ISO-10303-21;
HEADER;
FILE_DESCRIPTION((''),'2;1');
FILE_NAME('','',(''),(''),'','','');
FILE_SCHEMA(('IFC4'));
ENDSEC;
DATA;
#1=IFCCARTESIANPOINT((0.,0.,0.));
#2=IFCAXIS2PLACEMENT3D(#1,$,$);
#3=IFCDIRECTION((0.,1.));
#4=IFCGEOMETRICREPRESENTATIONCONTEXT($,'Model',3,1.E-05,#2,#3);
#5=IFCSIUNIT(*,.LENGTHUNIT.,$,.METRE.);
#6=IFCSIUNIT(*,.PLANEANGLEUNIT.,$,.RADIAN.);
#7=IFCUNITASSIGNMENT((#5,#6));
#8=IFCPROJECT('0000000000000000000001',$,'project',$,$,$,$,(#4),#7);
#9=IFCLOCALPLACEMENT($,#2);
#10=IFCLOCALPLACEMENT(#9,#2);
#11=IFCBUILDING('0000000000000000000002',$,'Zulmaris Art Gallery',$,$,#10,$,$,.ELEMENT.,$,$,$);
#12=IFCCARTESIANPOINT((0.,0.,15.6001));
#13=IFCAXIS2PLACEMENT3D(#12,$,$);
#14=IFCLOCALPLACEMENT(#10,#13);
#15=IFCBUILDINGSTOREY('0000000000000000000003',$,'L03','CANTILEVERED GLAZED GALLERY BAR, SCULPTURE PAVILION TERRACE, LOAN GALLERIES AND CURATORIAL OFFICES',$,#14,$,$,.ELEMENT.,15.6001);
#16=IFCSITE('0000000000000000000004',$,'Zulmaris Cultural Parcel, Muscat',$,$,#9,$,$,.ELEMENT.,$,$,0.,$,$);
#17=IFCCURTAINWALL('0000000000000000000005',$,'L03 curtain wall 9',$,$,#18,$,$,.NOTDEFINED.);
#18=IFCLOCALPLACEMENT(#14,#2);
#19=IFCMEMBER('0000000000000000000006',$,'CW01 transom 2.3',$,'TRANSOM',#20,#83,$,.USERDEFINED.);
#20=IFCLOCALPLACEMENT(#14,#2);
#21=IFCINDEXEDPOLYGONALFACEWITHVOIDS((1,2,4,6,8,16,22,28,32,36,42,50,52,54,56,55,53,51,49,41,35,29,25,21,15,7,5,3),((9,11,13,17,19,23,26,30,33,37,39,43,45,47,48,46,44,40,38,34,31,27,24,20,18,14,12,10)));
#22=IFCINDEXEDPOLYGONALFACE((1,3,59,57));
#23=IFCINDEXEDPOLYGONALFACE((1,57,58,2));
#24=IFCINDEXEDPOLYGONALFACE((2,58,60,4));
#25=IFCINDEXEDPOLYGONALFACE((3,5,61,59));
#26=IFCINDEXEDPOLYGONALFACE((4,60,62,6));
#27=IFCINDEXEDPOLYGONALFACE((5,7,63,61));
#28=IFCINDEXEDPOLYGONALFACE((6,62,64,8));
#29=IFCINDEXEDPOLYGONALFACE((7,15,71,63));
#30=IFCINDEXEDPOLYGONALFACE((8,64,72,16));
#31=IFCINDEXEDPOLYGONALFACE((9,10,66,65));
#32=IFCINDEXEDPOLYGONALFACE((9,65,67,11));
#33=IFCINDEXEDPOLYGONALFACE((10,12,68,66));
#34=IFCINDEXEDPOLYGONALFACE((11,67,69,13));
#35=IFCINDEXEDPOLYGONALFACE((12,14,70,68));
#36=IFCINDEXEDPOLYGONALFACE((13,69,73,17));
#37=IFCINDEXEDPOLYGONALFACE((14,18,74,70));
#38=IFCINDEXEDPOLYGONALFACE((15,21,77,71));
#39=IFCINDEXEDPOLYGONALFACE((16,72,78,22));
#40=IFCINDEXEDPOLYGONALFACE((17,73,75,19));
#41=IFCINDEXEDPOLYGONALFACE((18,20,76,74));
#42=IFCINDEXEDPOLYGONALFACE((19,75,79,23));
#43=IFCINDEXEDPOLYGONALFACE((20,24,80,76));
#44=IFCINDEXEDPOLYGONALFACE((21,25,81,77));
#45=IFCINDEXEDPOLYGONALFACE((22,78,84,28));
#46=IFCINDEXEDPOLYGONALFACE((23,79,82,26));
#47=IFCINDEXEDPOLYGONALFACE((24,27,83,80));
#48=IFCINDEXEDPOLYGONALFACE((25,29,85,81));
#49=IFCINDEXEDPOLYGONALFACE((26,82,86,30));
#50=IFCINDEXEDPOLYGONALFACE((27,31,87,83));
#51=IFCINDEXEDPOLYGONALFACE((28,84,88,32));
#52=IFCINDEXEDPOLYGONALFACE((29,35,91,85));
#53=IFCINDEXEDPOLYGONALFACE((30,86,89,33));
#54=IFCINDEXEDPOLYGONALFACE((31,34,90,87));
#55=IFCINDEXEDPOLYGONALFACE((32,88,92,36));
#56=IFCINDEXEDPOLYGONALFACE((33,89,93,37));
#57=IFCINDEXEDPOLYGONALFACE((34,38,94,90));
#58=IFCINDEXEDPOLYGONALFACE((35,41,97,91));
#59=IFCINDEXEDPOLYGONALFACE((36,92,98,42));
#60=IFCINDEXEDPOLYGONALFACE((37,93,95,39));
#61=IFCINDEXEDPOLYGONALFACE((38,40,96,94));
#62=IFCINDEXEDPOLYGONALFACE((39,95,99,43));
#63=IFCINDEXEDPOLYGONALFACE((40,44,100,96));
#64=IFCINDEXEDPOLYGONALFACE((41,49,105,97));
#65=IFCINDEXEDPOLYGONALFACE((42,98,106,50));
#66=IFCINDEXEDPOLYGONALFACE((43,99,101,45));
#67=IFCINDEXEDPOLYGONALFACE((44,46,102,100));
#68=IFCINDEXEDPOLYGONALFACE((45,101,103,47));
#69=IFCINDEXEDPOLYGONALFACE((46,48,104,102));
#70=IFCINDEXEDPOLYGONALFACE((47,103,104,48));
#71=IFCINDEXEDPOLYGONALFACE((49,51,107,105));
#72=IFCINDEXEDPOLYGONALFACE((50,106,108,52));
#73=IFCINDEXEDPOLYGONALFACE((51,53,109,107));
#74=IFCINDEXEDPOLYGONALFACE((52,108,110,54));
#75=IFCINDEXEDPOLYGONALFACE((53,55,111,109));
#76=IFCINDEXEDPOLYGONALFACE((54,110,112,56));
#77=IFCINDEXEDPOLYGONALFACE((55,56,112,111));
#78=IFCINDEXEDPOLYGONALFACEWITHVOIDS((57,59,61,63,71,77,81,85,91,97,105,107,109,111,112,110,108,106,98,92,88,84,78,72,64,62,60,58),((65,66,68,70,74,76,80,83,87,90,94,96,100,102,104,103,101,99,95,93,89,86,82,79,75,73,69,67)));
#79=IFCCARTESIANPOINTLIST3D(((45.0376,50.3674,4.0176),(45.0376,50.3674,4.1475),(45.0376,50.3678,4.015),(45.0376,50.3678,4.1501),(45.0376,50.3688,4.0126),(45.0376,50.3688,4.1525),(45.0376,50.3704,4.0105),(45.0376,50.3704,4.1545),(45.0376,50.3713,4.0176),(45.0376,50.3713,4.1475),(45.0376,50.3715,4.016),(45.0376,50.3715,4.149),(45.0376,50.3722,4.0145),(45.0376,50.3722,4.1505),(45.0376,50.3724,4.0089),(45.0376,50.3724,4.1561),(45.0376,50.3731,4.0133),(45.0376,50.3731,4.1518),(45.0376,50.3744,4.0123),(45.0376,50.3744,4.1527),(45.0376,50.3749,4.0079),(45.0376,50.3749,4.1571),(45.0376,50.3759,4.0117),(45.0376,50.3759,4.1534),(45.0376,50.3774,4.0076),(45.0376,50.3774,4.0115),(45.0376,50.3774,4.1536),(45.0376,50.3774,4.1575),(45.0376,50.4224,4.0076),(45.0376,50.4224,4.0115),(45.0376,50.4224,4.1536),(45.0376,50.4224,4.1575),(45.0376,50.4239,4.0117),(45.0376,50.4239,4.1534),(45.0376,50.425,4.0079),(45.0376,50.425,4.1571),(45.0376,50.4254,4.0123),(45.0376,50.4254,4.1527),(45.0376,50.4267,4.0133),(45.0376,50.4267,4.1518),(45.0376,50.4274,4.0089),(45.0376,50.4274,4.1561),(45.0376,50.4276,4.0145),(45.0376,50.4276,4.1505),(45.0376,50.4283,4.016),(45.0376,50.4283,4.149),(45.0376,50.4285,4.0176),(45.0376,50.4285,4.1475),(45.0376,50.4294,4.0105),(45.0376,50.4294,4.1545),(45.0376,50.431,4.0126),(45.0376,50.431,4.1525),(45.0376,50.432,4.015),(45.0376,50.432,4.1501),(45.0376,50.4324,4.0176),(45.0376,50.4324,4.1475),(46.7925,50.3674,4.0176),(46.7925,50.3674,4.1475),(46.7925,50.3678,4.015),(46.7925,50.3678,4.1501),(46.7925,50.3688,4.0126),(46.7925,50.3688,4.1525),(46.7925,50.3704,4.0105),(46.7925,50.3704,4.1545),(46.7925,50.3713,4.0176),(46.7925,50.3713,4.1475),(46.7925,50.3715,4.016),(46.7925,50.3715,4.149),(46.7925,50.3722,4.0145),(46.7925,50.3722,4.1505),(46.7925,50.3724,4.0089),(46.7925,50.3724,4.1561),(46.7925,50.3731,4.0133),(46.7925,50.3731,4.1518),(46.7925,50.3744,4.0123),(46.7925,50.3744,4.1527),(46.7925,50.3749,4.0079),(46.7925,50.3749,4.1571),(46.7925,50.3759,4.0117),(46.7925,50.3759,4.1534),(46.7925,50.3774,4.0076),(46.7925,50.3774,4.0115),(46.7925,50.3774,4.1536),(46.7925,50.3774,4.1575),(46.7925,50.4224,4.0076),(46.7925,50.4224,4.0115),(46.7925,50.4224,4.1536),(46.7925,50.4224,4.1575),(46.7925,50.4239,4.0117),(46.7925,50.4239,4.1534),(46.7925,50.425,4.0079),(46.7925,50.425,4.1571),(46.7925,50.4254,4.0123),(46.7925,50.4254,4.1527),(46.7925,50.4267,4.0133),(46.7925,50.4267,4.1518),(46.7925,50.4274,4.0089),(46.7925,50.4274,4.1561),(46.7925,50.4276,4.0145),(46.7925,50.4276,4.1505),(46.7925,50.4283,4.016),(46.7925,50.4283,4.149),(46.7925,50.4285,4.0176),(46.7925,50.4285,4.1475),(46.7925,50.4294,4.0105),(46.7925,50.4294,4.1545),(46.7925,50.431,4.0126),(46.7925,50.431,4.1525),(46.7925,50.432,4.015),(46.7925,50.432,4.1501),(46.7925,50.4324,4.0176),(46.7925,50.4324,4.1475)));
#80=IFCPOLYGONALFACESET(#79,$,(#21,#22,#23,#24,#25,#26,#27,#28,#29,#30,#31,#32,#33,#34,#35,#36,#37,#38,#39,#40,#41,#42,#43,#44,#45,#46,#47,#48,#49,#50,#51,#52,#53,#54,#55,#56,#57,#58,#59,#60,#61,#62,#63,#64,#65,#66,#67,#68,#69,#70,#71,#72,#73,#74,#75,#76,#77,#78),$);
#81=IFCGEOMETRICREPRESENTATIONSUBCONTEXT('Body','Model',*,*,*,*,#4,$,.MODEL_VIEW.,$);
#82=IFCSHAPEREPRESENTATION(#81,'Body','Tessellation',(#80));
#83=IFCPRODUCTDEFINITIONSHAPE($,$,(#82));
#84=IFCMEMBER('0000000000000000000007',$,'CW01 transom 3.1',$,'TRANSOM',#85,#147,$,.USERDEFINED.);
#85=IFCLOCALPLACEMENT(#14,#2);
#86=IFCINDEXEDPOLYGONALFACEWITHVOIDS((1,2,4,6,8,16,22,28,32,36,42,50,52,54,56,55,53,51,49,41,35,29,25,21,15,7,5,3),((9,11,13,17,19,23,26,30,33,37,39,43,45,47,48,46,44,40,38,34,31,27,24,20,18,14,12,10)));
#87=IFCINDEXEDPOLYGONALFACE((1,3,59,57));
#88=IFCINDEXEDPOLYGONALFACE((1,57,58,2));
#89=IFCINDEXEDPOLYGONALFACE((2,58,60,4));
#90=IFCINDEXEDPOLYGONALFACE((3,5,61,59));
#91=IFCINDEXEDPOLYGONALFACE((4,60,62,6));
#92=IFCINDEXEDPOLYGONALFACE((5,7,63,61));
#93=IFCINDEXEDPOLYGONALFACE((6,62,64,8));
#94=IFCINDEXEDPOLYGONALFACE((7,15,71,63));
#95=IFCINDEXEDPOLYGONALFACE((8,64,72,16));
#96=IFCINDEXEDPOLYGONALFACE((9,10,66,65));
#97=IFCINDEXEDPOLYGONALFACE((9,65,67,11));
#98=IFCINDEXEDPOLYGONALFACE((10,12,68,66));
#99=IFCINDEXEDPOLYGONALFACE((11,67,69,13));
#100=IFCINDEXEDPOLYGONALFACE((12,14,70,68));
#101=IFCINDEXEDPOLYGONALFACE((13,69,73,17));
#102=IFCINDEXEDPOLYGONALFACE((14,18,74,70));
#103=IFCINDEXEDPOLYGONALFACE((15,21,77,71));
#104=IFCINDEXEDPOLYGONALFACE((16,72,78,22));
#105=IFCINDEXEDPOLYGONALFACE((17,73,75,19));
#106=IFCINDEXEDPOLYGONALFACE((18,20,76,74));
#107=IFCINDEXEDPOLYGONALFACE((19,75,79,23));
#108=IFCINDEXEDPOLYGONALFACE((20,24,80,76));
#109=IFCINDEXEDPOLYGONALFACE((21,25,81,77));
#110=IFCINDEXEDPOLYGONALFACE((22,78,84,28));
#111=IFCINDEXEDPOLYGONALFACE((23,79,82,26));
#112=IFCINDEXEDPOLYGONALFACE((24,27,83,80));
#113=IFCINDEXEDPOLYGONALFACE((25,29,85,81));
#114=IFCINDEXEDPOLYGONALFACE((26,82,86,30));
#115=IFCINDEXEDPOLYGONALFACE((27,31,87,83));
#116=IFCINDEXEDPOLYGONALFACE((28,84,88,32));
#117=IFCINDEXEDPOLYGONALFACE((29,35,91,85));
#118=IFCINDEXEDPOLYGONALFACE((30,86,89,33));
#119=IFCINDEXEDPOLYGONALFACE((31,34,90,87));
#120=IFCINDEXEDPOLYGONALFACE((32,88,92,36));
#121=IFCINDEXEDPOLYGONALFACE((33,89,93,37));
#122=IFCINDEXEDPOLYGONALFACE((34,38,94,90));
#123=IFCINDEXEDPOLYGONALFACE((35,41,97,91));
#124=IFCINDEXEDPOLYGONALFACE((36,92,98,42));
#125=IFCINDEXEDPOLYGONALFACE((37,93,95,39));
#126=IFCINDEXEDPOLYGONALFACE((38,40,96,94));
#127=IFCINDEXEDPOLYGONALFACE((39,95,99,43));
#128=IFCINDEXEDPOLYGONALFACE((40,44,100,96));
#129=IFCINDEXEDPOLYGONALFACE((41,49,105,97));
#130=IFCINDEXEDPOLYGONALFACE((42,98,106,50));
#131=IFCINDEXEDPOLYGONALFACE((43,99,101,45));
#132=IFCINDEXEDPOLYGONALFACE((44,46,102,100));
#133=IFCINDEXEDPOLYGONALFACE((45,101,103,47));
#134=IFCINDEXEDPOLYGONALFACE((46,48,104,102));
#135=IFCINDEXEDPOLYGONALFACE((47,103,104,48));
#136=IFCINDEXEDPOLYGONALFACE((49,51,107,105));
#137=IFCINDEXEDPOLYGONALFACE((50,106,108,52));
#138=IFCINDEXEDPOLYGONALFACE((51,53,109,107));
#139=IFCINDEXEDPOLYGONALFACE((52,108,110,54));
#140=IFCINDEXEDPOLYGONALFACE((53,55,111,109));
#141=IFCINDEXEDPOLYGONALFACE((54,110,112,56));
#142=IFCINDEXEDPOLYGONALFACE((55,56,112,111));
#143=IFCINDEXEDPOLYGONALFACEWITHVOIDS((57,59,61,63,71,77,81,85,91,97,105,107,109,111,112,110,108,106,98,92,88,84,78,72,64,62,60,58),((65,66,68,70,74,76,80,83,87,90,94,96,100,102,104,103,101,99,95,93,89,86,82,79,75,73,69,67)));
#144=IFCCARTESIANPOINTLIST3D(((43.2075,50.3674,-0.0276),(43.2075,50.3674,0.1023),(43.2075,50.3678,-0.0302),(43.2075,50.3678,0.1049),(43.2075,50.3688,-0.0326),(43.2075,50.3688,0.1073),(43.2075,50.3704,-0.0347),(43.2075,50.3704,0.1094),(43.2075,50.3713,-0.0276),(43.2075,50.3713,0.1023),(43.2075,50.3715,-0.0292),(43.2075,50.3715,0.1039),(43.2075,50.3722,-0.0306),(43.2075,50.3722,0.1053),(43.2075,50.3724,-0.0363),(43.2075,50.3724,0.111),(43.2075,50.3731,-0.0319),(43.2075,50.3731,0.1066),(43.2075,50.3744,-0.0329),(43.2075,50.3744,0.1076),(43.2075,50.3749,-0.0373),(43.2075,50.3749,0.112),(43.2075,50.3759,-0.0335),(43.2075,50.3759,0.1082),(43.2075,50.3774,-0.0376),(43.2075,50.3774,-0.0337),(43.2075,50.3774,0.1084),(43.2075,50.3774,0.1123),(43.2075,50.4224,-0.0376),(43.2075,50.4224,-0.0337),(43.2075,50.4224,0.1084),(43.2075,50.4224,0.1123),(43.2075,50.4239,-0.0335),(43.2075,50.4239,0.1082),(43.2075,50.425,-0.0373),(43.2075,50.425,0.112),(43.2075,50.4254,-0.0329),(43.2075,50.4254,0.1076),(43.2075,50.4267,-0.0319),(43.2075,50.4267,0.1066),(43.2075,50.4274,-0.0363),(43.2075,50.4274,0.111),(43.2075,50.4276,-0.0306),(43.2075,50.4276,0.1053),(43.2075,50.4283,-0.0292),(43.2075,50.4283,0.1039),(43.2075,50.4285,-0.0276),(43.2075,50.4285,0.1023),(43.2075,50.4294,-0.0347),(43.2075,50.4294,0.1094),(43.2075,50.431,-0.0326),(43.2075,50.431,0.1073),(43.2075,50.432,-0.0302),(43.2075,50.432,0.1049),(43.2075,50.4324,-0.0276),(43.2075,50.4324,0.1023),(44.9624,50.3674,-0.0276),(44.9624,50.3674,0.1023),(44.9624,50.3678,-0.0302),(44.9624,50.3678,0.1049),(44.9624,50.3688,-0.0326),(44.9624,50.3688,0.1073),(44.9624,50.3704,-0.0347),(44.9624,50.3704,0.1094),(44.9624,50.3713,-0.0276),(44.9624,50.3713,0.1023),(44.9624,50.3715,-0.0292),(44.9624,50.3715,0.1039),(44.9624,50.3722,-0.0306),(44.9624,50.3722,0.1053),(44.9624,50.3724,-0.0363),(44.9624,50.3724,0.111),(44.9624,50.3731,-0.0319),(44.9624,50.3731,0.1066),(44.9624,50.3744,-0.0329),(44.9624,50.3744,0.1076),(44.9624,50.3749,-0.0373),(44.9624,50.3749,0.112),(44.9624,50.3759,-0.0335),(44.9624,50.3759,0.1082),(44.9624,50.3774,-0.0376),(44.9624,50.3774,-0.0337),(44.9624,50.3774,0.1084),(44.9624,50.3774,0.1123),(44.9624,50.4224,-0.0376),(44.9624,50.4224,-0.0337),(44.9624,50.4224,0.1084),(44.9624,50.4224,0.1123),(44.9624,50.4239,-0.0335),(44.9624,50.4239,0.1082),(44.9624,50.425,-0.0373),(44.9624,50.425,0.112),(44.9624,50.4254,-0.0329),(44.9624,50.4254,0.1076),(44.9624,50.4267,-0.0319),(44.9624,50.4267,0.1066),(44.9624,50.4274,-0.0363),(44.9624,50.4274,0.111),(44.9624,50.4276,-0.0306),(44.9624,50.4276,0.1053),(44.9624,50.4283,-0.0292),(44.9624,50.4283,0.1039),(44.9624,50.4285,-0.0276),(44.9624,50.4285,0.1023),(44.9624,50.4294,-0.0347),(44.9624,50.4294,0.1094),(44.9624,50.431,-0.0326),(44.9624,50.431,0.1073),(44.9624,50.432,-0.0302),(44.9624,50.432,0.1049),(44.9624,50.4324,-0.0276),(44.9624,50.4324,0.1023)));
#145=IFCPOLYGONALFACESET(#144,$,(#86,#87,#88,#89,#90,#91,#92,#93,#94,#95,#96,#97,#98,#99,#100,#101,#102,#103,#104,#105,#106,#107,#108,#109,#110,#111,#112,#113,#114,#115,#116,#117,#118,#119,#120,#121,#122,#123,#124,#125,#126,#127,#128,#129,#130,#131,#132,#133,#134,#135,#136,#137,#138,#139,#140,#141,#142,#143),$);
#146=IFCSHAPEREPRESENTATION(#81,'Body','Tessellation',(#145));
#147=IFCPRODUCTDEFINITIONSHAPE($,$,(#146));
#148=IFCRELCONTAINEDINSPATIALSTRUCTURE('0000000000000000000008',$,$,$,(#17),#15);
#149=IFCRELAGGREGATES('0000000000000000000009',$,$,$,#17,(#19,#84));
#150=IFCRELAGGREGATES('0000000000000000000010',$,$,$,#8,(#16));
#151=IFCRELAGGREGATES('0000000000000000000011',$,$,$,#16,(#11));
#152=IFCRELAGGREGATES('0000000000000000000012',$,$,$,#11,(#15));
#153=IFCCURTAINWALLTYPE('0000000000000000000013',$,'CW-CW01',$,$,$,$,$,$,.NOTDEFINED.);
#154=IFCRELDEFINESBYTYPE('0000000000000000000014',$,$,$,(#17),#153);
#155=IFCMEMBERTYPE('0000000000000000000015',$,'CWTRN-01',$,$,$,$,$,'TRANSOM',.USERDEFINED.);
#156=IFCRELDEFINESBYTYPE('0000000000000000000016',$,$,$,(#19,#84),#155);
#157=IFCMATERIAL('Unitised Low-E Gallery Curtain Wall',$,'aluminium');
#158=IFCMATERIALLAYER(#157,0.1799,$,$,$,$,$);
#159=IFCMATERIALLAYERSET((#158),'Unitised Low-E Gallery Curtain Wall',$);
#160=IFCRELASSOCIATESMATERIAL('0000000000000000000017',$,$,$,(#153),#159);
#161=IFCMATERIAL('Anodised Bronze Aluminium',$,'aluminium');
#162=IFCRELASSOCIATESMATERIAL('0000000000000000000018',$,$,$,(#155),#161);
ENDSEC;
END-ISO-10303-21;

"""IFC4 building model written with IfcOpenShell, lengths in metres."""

from ifc_helpers import new_model, si_unit, direction, frame, origin, origin_2d, place, context, subcontext, project, spatial, hollow_rectangle, extrude, material, layer, layer_set, material_profile, profile_set, type_object, element, aggregate, save


model = new_model("IFC4")

# Units and contexts
model_context = context("Model", 3, precision=1e-05, world=origin(), true_north=direction((0.0, 1.0)))
body_context = subcontext(model_context, "Body", "Model", "MODEL_VIEW")
ifc_project = project(units=[si_unit("LENGTHUNIT", "METRE"), si_unit("PLANEANGLEUNIT", "RADIAN")], contexts=[model_context])

# Site, building, storey
site_placement = place(None, origin())
site = spatial("IfcSite", under=ifc_project, at=site_placement, Name="Zulmaris Cultural Parcel, Muscat", CompositionType="ELEMENT", RefElevation=0.0)
building_placement = place(site_placement, origin())
building = spatial("IfcBuilding", under=site, at=building_placement, Name="Zulmaris Art Gallery", CompositionType="ELEMENT")
storey_placement = place(building_placement, frame((0.0, 0.0, 15.6001)))
storey = spatial("IfcBuildingStorey", under=building, at=storey_placement, Name="L03", Description="CANTILEVERED GLAZED GALLERY BAR, SCULPTURE PAVILION TERRACE, LOAN GALLERIES AND CURATORIAL OFFICES", CompositionType="ELEMENT", Elevation=15.6001)

# Shared definitions
ifc_material_1 = material(Name="Unitised Low-E Gallery Curtain Wall", Category="aluminium")
ifc_layer_1 = layer(ifc_material_1, 0.1799)
ifc_layer_set_1 = layer_set([ifc_layer_1], Name="Unitised Low-E Gallery Curtain Wall")
curtain_wall_type = type_object("IfcCurtainWallType", Name="CW-CW01", PredefinedType="NOTDEFINED", material=ifc_layer_set_1)
ifc_material_2 = material(Name="Anodised Bronze Aluminium", Category="aluminium")

# Curtain wall, members
curtain_wall_1_placement = place(storey_placement, origin())
curtain_wall_1 = element("IfcCurtainWall", 1, at=curtain_wall_1_placement, inside=storey, type_object=curtain_wall_type, Name="L03 curtain wall 9", PredefinedType="NOTDEFINED")
ifc_material_profile_1 = material_profile(ifc_material_2, hollow_rectangle(XDim=0.0649, YDim=0.1499, WallThickness=0.0039, InnerFilletRadius=0.0061, OuterFilletRadius=0.01, at=origin_2d()), Name="ALU 65x150x4")
ifc_profile_set_1 = profile_set([ifc_material_profile_1], Name="Anodised Bronze Aluminium")
member_type_1 = type_object("IfcMemberType", Name="CWTRN-01", ElementType="TRANSOM", PredefinedType="USERDEFINED", material=ifc_profile_set_1)
member_1_placement = place(storey_placement, frame((46.7925, 50.3999, 4.0825), z_axis=(-1.0, 0.0, 0.0), x_axis=(0.0, -1.0, 0.0)))
member_1 = element("IfcMember", 2, at=member_1_placement, type_object=member_type_1, Name="CW01 transom 2.3", ObjectType="TRANSOM", PredefinedType="USERDEFINED", context=body_context, shape_type="SweptSolid", body=[
    extrude(hollow_rectangle(XDim=0.0649, YDim=0.1499, WallThickness=0.0039, InnerFilletRadius=0.0061, OuterFilletRadius=0.01, at=origin_2d()), origin(), (0.0, 0.0, 1.0), 1.7549),
])
member_2_placement = place(storey_placement, frame((44.9624, 50.3999, 0.0374), z_axis=(-1.0, 0.0, 0.0), x_axis=(0.0, -1.0, 0.0)))
member_2 = element("IfcMember", 3, at=member_2_placement, type_object=member_type_1, Name="CW01 transom 3.1", ObjectType="TRANSOM", PredefinedType="USERDEFINED", context=body_context, shape_type="SweptSolid", body=[
    extrude(hollow_rectangle(XDim=0.0649, YDim=0.1499, WallThickness=0.0039, InnerFilletRadius=0.0061, OuterFilletRadius=0.01, at=origin_2d()), origin(), (0.0, 0.0, 1.0), 1.7549),
])

aggregate(curtain_wall_1, [member_1, member_2])

save(model, "model.ifc")
